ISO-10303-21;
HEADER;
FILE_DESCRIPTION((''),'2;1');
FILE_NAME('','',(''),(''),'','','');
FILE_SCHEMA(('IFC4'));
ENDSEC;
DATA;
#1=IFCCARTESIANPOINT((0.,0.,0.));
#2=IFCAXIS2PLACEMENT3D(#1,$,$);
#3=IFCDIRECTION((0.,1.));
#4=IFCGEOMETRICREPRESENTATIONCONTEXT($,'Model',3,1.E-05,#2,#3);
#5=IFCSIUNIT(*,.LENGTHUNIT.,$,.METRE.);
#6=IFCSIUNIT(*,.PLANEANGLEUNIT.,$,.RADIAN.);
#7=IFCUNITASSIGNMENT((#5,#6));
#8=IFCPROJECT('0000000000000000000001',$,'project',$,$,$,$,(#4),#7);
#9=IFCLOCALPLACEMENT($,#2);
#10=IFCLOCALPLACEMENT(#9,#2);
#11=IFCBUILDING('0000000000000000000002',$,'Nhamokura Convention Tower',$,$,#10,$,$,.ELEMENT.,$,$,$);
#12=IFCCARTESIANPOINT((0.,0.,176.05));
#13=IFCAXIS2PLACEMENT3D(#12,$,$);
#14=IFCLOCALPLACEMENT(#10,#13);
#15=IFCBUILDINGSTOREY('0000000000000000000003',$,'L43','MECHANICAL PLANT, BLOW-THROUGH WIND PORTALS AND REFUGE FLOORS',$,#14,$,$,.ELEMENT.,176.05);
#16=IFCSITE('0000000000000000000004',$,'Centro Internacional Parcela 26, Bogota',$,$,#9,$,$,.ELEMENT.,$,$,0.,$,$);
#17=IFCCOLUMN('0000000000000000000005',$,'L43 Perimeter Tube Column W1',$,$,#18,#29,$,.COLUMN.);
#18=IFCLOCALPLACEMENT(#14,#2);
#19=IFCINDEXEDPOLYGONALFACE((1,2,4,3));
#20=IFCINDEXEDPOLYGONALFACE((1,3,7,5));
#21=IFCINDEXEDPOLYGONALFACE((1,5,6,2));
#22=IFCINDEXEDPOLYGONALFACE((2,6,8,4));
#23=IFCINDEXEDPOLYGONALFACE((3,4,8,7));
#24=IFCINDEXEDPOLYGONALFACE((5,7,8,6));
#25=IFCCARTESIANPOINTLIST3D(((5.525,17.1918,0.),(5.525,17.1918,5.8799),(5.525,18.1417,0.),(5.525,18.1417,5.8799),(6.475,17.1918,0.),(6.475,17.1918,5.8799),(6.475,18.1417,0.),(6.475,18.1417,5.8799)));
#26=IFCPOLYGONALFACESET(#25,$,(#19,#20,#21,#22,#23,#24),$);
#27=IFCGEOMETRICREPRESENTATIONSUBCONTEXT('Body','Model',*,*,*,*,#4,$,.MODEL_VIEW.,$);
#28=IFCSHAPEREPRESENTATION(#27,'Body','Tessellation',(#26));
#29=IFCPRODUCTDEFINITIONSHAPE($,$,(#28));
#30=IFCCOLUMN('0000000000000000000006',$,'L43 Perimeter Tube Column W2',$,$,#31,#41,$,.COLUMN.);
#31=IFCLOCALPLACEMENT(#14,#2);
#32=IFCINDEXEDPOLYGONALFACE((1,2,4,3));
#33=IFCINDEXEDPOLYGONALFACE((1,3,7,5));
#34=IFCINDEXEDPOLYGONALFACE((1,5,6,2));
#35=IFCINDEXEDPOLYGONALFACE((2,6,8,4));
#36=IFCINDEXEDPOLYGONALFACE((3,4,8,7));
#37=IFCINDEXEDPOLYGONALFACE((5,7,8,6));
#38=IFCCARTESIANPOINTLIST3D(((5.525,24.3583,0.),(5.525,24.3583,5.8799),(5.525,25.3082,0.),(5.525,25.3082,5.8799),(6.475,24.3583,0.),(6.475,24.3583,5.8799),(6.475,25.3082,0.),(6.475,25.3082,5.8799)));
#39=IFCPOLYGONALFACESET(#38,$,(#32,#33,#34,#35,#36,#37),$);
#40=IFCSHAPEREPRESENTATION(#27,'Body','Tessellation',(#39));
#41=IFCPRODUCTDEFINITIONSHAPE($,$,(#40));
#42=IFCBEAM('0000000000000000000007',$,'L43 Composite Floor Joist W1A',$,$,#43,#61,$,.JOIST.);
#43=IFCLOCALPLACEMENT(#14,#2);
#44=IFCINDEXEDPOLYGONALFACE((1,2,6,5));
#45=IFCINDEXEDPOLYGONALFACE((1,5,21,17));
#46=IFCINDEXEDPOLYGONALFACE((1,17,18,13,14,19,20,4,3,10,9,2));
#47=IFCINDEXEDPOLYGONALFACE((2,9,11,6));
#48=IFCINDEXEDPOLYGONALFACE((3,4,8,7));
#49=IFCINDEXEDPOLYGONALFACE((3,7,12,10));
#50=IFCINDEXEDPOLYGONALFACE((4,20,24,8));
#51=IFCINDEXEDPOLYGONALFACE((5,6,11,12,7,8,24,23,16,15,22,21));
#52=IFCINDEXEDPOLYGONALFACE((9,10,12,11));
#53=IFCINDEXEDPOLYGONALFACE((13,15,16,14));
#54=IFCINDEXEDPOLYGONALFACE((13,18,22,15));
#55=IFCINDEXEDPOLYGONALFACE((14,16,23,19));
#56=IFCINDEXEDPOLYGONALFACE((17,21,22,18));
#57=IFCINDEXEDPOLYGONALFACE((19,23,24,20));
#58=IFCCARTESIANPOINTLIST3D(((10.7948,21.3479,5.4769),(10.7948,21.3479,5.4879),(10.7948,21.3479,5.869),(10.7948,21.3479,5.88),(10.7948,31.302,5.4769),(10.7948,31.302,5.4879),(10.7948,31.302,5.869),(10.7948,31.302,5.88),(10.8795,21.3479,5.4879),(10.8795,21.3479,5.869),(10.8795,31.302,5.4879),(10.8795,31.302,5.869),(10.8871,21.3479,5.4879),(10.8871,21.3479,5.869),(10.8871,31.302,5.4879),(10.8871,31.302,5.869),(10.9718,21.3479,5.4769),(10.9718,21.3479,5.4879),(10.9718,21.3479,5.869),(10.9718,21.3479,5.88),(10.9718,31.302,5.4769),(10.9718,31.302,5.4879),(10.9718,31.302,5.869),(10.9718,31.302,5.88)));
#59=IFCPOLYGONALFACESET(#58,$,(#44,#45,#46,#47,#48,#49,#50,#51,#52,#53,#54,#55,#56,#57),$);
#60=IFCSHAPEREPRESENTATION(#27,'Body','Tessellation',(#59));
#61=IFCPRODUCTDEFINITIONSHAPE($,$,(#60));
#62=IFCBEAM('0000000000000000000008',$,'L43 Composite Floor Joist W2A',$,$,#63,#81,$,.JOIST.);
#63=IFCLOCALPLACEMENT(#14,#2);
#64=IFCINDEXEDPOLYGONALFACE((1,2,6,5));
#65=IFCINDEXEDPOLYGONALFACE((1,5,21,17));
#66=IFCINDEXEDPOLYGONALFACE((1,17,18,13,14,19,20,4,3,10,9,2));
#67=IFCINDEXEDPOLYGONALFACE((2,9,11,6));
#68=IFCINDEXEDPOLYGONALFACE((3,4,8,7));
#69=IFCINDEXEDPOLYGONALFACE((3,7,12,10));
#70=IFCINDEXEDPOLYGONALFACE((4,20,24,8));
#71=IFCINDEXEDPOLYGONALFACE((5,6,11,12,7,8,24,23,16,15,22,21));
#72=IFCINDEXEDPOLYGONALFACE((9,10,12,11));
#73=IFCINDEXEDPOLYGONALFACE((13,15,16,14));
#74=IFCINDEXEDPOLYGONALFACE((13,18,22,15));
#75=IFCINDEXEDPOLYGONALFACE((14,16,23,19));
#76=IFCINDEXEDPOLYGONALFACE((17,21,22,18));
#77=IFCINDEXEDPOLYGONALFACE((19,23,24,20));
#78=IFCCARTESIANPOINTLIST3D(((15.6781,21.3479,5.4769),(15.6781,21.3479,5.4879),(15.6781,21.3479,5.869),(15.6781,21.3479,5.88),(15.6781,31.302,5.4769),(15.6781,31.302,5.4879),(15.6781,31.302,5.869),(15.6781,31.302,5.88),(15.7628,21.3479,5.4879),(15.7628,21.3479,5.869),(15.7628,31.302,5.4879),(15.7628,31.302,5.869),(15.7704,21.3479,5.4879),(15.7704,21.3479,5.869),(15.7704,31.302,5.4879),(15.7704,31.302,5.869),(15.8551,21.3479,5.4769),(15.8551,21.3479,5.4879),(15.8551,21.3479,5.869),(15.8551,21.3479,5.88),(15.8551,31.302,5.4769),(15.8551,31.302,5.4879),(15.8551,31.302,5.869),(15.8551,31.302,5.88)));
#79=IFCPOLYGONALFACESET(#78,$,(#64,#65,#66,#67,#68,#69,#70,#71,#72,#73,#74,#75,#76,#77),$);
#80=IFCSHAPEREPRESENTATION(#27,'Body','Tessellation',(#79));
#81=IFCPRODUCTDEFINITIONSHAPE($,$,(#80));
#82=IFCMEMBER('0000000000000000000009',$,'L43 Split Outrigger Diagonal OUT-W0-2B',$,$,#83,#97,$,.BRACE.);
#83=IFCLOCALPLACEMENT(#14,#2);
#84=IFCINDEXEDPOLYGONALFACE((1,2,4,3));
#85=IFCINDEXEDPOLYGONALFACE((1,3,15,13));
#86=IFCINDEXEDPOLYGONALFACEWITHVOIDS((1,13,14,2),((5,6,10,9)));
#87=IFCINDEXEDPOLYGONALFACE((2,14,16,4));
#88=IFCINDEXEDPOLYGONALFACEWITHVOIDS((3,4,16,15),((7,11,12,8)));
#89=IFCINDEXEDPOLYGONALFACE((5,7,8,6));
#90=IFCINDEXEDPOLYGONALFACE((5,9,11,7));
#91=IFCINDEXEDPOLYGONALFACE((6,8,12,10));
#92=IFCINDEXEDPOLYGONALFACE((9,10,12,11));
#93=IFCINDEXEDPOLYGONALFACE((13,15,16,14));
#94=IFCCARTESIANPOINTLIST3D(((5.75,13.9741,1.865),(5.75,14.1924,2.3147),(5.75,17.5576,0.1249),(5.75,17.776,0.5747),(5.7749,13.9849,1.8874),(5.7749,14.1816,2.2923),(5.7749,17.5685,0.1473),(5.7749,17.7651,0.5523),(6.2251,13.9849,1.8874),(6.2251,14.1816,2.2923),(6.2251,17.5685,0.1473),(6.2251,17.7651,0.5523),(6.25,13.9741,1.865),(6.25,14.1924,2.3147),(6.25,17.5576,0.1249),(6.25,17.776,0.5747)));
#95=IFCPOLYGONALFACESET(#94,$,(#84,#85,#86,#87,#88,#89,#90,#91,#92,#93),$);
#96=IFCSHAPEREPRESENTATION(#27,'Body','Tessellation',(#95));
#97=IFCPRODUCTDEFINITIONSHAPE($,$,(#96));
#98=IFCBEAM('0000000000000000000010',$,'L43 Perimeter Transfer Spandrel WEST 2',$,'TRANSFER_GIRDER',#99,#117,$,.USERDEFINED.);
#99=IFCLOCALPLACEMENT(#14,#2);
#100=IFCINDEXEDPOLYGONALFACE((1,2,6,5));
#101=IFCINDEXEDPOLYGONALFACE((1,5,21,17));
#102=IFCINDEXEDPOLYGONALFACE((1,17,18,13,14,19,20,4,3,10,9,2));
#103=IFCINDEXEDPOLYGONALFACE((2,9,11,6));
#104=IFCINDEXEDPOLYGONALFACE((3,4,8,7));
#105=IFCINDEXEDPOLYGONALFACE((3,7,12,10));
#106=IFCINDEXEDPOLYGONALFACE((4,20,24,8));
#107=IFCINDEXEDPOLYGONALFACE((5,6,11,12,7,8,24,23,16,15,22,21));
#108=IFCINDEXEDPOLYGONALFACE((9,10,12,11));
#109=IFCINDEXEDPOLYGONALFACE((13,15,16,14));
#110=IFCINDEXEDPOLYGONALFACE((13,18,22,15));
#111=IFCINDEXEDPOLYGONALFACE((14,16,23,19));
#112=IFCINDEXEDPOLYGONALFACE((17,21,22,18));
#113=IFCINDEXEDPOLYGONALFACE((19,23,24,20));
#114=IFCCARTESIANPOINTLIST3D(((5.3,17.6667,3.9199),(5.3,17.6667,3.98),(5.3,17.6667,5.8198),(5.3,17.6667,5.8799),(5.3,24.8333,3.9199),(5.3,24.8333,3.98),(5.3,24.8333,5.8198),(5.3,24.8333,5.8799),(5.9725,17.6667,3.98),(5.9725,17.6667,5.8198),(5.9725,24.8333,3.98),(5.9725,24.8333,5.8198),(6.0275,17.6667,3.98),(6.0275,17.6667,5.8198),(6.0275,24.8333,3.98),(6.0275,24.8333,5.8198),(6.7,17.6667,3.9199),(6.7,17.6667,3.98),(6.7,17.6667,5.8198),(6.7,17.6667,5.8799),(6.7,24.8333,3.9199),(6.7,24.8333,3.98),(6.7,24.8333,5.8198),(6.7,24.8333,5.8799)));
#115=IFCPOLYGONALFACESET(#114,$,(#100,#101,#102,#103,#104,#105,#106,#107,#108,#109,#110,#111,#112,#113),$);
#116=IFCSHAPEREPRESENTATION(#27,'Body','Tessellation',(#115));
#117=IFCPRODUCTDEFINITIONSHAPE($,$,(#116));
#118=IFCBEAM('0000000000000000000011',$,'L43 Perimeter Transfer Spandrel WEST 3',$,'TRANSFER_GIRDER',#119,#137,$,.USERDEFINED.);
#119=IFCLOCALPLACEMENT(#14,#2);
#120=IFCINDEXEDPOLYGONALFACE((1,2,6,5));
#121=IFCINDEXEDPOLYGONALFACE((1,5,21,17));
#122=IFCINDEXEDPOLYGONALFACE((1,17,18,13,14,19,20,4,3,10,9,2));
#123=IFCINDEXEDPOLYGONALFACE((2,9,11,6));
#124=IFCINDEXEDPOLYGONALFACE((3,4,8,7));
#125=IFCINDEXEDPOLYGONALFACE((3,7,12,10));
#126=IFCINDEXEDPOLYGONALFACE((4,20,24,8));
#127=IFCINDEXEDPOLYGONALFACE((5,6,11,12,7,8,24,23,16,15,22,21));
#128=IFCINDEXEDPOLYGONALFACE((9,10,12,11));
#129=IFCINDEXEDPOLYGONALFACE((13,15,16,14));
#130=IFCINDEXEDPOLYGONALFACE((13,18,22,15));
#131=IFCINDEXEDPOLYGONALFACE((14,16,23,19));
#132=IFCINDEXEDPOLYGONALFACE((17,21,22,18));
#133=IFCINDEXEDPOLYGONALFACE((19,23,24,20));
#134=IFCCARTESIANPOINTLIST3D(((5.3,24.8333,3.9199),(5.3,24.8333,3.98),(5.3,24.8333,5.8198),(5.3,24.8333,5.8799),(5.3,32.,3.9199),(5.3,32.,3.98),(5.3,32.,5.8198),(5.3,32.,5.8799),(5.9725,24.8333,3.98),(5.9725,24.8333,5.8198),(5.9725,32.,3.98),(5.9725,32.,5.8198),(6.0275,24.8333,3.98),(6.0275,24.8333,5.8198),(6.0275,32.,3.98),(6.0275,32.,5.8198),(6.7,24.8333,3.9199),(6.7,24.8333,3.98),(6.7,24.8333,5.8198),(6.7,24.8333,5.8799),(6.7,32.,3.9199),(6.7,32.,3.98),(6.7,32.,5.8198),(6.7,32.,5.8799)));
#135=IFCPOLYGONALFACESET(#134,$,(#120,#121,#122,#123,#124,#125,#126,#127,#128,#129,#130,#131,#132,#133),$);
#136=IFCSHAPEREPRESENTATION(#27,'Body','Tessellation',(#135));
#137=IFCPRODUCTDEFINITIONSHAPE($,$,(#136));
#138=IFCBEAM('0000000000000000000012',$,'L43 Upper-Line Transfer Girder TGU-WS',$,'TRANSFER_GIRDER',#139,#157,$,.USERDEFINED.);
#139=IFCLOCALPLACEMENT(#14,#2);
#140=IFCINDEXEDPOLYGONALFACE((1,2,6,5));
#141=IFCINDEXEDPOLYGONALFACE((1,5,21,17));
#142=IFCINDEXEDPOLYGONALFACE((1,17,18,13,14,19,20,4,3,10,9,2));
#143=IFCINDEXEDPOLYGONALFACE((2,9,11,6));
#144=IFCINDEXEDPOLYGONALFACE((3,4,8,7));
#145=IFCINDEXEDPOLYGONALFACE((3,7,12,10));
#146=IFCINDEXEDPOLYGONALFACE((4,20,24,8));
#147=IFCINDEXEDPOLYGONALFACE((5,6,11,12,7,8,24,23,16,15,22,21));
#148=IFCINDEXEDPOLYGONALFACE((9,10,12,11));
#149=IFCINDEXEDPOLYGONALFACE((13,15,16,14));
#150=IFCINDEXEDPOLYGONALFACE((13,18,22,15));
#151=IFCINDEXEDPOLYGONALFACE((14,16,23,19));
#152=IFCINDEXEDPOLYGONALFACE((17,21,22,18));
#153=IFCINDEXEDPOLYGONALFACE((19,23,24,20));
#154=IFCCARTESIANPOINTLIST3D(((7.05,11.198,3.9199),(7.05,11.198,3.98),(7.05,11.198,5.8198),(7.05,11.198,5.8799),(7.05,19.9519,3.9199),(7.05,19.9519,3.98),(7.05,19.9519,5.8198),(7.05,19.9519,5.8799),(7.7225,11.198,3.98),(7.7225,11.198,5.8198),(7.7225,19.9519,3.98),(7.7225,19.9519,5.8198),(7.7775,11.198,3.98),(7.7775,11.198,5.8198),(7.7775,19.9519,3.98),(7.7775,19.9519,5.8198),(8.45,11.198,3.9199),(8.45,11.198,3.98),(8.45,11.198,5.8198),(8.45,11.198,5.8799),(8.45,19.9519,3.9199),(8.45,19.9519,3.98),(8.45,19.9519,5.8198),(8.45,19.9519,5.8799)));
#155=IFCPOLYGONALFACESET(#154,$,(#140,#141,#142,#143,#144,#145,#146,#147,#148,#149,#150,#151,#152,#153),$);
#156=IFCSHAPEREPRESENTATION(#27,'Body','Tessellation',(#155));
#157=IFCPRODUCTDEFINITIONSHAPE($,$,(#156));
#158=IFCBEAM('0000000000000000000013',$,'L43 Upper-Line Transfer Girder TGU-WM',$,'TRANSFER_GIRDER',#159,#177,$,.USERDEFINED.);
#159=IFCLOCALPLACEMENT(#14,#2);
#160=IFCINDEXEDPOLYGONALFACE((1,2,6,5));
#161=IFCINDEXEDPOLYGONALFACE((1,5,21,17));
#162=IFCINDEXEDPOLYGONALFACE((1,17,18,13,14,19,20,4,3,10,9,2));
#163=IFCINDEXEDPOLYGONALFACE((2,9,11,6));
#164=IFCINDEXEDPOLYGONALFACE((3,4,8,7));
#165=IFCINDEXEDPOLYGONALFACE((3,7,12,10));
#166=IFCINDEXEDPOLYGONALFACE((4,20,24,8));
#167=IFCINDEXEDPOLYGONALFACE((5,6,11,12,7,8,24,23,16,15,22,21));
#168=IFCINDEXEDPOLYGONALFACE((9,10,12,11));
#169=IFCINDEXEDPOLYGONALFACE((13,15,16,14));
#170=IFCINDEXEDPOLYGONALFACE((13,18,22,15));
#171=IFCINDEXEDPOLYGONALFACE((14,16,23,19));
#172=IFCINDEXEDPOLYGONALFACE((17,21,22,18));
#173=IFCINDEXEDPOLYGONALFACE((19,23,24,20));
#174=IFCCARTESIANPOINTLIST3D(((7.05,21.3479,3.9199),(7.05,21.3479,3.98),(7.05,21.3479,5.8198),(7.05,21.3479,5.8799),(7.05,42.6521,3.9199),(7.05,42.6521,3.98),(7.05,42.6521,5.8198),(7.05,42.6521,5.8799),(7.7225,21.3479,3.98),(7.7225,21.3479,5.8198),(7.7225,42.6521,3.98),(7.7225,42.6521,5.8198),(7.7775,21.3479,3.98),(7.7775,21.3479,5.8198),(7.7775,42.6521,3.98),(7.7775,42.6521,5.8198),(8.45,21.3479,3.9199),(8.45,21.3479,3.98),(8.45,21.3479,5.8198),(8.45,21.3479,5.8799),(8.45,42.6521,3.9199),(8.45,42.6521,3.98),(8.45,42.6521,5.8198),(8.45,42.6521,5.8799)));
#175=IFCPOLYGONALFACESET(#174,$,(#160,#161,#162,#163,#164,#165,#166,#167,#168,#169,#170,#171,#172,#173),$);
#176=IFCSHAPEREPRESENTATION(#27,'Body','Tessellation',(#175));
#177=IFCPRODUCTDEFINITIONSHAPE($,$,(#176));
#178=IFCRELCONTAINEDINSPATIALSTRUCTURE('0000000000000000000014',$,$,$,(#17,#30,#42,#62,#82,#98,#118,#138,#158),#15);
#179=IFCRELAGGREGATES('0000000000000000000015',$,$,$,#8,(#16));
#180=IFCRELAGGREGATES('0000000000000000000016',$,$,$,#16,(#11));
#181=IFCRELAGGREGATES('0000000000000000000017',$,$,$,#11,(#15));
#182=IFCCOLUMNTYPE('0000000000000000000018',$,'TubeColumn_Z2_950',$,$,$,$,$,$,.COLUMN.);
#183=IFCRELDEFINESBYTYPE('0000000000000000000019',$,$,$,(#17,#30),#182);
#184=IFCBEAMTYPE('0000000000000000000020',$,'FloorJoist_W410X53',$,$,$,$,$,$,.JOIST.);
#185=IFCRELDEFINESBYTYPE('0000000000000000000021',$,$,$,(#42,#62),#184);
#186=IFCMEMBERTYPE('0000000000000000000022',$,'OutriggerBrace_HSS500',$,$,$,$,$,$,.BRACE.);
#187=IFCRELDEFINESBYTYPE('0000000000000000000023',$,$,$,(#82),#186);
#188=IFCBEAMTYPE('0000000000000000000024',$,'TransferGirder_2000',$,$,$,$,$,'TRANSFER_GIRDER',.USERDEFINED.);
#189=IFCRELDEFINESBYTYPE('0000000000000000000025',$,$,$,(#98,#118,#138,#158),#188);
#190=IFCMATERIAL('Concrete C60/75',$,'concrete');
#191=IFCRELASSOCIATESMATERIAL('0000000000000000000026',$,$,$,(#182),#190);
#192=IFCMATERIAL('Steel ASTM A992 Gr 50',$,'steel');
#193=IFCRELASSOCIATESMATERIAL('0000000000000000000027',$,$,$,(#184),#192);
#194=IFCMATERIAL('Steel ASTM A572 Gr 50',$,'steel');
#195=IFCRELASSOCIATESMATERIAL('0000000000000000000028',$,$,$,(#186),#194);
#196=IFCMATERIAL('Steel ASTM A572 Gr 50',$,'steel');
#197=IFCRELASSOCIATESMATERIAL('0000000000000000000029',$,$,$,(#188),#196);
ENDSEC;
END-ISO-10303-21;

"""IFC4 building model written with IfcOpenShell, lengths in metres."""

from ifc_helpers import new_model, si_unit, direction, frame, origin, origin_2d, place, context, subcontext, project, spatial, rectangle, hollow_rectangle, i_section, extrude, material, material_profile, profile_set, type_object, element, save


model = new_model("IFC4")

# Units and contexts
model_context = context("Model", 3, precision=1e-05, world=origin(), true_north=direction((0.0, 1.0)))
body_context = subcontext(model_context, "Body", "Model", "MODEL_VIEW")
ifc_project = project(units=[si_unit("LENGTHUNIT", "METRE"), si_unit("PLANEANGLEUNIT", "RADIAN")], contexts=[model_context])

# Site, building, storey
site_placement = place(None, origin())
site = spatial("IfcSite", under=ifc_project, at=site_placement, Name="Centro Internacional Parcela 26, Bogota", CompositionType="ELEMENT", RefElevation=0.0)
building_placement = place(site_placement, origin())
building = spatial("IfcBuilding", under=site, at=building_placement, Name="Nhamokura Convention Tower", CompositionType="ELEMENT")
storey_placement = place(building_placement, frame((0.0, 0.0, 176.05)))
storey = spatial("IfcBuildingStorey", under=building, at=storey_placement, Name="L43", Description="MECHANICAL PLANT, BLOW-THROUGH WIND PORTALS AND REFUGE FLOORS", CompositionType="ELEMENT", Elevation=176.05)

# Columns
ifc_material_1 = material(Name="Concrete C60/75", Category="concrete")
ifc_material_profile_1 = material_profile(ifc_material_1, rectangle(XDim=0.95, YDim=0.95, at=origin_2d()))
ifc_profile_set_1 = profile_set([ifc_material_profile_1], Name="Concrete C60/75")
column_type = type_object("IfcColumnType", Name="TubeColumn_Z2_950", PredefinedType="COLUMN", material=ifc_profile_set_1)
for number, where, z_axis, x_axis, name in (
    (1, (6.0, 17.6667, 0.0), (0.0, 0.0, 1.0), (1.0, 0.0, 0.0), "L43 Perimeter Tube Column W1"),
    (2, (6.0, 24.8333, 0.0), (0.0, 0.0, 1.0), (1.0, 0.0, 0.0), "L43 Perimeter Tube Column W2"),
):
    element("IfcColumn", number, at=place(storey_placement, frame(where, z_axis=z_axis, x_axis=x_axis)), inside=storey, type_object=column_type, Name=name, PredefinedType="COLUMN", context=body_context, shape_type="SweptSolid", body=[
        extrude(rectangle(XDim=0.95, YDim=0.95, at=origin_2d()), origin(), (0.0, 0.0, 1.0), 5.8799),
    ])

# Beams
ifc_material_2 = material(Name="Steel ASTM A992 Gr 50", Category="steel")
ifc_material_profile_2 = material_profile(ifc_material_2, i_section(OverallWidth=0.177, OverallDepth=0.4031, WebThickness=0.0076, FlangeThickness=0.011, at=origin_2d()))
ifc_profile_set_2 = profile_set([ifc_material_profile_2], Name="Steel ASTM A992 Gr 50")
beam_type_1 = type_object("IfcBeamType", Name="FloorJoist_W410X53", PredefinedType="JOIST", material=ifc_profile_set_2)
for number, where, z_axis, x_axis, name in (
    (3, (10.8833, 21.3479, 5.6785), (0.0, 1.0, 0.0), (-1.0, 0.0, 0.0), "L43 Composite Floor Joist W1A"),
    (4, (15.7666, 21.3479, 5.6785), (0.0, 1.0, 0.0), (-1.0, 0.0, 0.0), "L43 Composite Floor Joist W2A"),
):
    element("IfcBeam", number, at=place(storey_placement, frame(where, z_axis=z_axis, x_axis=x_axis)), inside=storey, type_object=beam_type_1, Name=name, PredefinedType="JOIST", context=body_context, shape_type="SweptSolid", body=[
        extrude(i_section(OverallWidth=0.177, OverallDepth=0.4031, WebThickness=0.0076, FlangeThickness=0.011, at=origin_2d()), origin(), (0.0, 0.0, 1.0), 9.9541),
    ])

# Member
ifc_material_3 = material(Name="Steel ASTM A572 Gr 50", Category="steel")
ifc_material_profile_3 = material_profile(ifc_material_3, hollow_rectangle(XDim=0.5, YDim=0.5, WallThickness=0.0249, at=origin_2d()))
ifc_profile_set_3 = profile_set([ifc_material_profile_3], Name="Steel ASTM A572 Gr 50")
member_type_1 = type_object("IfcMemberType", Name="OutriggerBrace_HSS500", PredefinedType="BRACE", material=ifc_profile_set_3)
member_1_placement = place(storey_placement, frame((6.0, 14.0833, 2.0898), z_axis=(0.0, 0.899564, -0.436789), x_axis=(-1.0, 0.0, 0.0)))
element("IfcMember", 5, at=member_1_placement, inside=storey, type_object=member_type_1, Name="L43 Split Outrigger Diagonal OUT-W0-2B", PredefinedType="BRACE", context=body_context, shape_type="SweptSolid", body=[
    extrude(hollow_rectangle(XDim=0.5, YDim=0.5, WallThickness=0.0249, at=origin_2d()), origin(), (0.0, 0.0, 1.0), 3.9836),
])

# Beams
ifc_material_4 = material(Name="Steel ASTM A572 Gr 50", Category="steel")
ifc_material_profile_4 = material_profile(ifc_material_4, i_section(OverallWidth=1.3999, OverallDepth=1.96, WebThickness=0.0549, FlangeThickness=0.0601, at=origin_2d()))
ifc_profile_set_4 = profile_set([ifc_material_profile_4], Name="Steel ASTM A572 Gr 50")
beam_type_2 = type_object("IfcBeamType", Name="TransferGirder_2000", ElementType="TRANSFER_GIRDER", PredefinedType="USERDEFINED", material=ifc_profile_set_4)
beam_1_placement = place(storey_placement, frame((6.0, 17.6667, 4.8999), z_axis=(0.0, 1.0, 0.0), x_axis=(-1.0, 0.0, 0.0)))
element("IfcBeam", 6, at=beam_1_placement, inside=storey, type_object=beam_type_2, Name="L43 Perimeter Transfer Spandrel WEST 2", ObjectType="TRANSFER_GIRDER", PredefinedType="USERDEFINED", context=body_context, shape_type="SweptSolid", body=[
    extrude(i_section(OverallWidth=1.3999, OverallDepth=1.96, WebThickness=0.0549, FlangeThickness=0.0601, at=origin_2d()), origin(), (0.0, 0.0, 1.0), 7.1665),
])
beam_2_placement = place(storey_placement, frame((6.0, 24.8333, 4.8999), z_axis=(0.0, 1.0, 0.0), x_axis=(-1.0, 0.0, 0.0)))
element("IfcBeam", 7, at=beam_2_placement, inside=storey, type_object=beam_type_2, Name="L43 Perimeter Transfer Spandrel WEST 3", ObjectType="TRANSFER_GIRDER", PredefinedType="USERDEFINED", context=body_context, shape_type="SweptSolid", body=[
    extrude(i_section(OverallWidth=1.3999, OverallDepth=1.96, WebThickness=0.0549, FlangeThickness=0.0601, at=origin_2d()), origin(), (0.0, 0.0, 1.0), 7.1667),
])
beam_3_placement = place(storey_placement, frame((7.75, 11.198, 4.8999), z_axis=(0.0, 1.0, 0.0), x_axis=(-1.0, 0.0, 0.0)))
element("IfcBeam", 8, at=beam_3_placement, inside=storey, type_object=beam_type_2, Name="L43 Upper-Line Transfer Girder TGU-WS", ObjectType="TRANSFER_GIRDER", PredefinedType="USERDEFINED", context=body_context, shape_type="SweptSolid", body=[
    extrude(i_section(OverallWidth=1.3999, OverallDepth=1.96, WebThickness=0.0549, FlangeThickness=0.0601, at=origin_2d()), origin(), (0.0, 0.0, 1.0), 8.7539),
])
beam_4_placement = place(storey_placement, frame((7.75, 21.3479, 4.8999), z_axis=(0.0, 1.0, 0.0), x_axis=(-1.0, 0.0, 0.0)))
element("IfcBeam", 9, at=beam_4_placement, inside=storey, type_object=beam_type_2, Name="L43 Upper-Line Transfer Girder TGU-WM", ObjectType="TRANSFER_GIRDER", PredefinedType="USERDEFINED", context=body_context, shape_type="SweptSolid", body=[
    extrude(i_section(OverallWidth=1.3999, OverallDepth=1.96, WebThickness=0.0549, FlangeThickness=0.0601, at=origin_2d()), origin(), (0.0, 0.0, 1.0), 21.3042),
])

save(model, "model.ifc")
